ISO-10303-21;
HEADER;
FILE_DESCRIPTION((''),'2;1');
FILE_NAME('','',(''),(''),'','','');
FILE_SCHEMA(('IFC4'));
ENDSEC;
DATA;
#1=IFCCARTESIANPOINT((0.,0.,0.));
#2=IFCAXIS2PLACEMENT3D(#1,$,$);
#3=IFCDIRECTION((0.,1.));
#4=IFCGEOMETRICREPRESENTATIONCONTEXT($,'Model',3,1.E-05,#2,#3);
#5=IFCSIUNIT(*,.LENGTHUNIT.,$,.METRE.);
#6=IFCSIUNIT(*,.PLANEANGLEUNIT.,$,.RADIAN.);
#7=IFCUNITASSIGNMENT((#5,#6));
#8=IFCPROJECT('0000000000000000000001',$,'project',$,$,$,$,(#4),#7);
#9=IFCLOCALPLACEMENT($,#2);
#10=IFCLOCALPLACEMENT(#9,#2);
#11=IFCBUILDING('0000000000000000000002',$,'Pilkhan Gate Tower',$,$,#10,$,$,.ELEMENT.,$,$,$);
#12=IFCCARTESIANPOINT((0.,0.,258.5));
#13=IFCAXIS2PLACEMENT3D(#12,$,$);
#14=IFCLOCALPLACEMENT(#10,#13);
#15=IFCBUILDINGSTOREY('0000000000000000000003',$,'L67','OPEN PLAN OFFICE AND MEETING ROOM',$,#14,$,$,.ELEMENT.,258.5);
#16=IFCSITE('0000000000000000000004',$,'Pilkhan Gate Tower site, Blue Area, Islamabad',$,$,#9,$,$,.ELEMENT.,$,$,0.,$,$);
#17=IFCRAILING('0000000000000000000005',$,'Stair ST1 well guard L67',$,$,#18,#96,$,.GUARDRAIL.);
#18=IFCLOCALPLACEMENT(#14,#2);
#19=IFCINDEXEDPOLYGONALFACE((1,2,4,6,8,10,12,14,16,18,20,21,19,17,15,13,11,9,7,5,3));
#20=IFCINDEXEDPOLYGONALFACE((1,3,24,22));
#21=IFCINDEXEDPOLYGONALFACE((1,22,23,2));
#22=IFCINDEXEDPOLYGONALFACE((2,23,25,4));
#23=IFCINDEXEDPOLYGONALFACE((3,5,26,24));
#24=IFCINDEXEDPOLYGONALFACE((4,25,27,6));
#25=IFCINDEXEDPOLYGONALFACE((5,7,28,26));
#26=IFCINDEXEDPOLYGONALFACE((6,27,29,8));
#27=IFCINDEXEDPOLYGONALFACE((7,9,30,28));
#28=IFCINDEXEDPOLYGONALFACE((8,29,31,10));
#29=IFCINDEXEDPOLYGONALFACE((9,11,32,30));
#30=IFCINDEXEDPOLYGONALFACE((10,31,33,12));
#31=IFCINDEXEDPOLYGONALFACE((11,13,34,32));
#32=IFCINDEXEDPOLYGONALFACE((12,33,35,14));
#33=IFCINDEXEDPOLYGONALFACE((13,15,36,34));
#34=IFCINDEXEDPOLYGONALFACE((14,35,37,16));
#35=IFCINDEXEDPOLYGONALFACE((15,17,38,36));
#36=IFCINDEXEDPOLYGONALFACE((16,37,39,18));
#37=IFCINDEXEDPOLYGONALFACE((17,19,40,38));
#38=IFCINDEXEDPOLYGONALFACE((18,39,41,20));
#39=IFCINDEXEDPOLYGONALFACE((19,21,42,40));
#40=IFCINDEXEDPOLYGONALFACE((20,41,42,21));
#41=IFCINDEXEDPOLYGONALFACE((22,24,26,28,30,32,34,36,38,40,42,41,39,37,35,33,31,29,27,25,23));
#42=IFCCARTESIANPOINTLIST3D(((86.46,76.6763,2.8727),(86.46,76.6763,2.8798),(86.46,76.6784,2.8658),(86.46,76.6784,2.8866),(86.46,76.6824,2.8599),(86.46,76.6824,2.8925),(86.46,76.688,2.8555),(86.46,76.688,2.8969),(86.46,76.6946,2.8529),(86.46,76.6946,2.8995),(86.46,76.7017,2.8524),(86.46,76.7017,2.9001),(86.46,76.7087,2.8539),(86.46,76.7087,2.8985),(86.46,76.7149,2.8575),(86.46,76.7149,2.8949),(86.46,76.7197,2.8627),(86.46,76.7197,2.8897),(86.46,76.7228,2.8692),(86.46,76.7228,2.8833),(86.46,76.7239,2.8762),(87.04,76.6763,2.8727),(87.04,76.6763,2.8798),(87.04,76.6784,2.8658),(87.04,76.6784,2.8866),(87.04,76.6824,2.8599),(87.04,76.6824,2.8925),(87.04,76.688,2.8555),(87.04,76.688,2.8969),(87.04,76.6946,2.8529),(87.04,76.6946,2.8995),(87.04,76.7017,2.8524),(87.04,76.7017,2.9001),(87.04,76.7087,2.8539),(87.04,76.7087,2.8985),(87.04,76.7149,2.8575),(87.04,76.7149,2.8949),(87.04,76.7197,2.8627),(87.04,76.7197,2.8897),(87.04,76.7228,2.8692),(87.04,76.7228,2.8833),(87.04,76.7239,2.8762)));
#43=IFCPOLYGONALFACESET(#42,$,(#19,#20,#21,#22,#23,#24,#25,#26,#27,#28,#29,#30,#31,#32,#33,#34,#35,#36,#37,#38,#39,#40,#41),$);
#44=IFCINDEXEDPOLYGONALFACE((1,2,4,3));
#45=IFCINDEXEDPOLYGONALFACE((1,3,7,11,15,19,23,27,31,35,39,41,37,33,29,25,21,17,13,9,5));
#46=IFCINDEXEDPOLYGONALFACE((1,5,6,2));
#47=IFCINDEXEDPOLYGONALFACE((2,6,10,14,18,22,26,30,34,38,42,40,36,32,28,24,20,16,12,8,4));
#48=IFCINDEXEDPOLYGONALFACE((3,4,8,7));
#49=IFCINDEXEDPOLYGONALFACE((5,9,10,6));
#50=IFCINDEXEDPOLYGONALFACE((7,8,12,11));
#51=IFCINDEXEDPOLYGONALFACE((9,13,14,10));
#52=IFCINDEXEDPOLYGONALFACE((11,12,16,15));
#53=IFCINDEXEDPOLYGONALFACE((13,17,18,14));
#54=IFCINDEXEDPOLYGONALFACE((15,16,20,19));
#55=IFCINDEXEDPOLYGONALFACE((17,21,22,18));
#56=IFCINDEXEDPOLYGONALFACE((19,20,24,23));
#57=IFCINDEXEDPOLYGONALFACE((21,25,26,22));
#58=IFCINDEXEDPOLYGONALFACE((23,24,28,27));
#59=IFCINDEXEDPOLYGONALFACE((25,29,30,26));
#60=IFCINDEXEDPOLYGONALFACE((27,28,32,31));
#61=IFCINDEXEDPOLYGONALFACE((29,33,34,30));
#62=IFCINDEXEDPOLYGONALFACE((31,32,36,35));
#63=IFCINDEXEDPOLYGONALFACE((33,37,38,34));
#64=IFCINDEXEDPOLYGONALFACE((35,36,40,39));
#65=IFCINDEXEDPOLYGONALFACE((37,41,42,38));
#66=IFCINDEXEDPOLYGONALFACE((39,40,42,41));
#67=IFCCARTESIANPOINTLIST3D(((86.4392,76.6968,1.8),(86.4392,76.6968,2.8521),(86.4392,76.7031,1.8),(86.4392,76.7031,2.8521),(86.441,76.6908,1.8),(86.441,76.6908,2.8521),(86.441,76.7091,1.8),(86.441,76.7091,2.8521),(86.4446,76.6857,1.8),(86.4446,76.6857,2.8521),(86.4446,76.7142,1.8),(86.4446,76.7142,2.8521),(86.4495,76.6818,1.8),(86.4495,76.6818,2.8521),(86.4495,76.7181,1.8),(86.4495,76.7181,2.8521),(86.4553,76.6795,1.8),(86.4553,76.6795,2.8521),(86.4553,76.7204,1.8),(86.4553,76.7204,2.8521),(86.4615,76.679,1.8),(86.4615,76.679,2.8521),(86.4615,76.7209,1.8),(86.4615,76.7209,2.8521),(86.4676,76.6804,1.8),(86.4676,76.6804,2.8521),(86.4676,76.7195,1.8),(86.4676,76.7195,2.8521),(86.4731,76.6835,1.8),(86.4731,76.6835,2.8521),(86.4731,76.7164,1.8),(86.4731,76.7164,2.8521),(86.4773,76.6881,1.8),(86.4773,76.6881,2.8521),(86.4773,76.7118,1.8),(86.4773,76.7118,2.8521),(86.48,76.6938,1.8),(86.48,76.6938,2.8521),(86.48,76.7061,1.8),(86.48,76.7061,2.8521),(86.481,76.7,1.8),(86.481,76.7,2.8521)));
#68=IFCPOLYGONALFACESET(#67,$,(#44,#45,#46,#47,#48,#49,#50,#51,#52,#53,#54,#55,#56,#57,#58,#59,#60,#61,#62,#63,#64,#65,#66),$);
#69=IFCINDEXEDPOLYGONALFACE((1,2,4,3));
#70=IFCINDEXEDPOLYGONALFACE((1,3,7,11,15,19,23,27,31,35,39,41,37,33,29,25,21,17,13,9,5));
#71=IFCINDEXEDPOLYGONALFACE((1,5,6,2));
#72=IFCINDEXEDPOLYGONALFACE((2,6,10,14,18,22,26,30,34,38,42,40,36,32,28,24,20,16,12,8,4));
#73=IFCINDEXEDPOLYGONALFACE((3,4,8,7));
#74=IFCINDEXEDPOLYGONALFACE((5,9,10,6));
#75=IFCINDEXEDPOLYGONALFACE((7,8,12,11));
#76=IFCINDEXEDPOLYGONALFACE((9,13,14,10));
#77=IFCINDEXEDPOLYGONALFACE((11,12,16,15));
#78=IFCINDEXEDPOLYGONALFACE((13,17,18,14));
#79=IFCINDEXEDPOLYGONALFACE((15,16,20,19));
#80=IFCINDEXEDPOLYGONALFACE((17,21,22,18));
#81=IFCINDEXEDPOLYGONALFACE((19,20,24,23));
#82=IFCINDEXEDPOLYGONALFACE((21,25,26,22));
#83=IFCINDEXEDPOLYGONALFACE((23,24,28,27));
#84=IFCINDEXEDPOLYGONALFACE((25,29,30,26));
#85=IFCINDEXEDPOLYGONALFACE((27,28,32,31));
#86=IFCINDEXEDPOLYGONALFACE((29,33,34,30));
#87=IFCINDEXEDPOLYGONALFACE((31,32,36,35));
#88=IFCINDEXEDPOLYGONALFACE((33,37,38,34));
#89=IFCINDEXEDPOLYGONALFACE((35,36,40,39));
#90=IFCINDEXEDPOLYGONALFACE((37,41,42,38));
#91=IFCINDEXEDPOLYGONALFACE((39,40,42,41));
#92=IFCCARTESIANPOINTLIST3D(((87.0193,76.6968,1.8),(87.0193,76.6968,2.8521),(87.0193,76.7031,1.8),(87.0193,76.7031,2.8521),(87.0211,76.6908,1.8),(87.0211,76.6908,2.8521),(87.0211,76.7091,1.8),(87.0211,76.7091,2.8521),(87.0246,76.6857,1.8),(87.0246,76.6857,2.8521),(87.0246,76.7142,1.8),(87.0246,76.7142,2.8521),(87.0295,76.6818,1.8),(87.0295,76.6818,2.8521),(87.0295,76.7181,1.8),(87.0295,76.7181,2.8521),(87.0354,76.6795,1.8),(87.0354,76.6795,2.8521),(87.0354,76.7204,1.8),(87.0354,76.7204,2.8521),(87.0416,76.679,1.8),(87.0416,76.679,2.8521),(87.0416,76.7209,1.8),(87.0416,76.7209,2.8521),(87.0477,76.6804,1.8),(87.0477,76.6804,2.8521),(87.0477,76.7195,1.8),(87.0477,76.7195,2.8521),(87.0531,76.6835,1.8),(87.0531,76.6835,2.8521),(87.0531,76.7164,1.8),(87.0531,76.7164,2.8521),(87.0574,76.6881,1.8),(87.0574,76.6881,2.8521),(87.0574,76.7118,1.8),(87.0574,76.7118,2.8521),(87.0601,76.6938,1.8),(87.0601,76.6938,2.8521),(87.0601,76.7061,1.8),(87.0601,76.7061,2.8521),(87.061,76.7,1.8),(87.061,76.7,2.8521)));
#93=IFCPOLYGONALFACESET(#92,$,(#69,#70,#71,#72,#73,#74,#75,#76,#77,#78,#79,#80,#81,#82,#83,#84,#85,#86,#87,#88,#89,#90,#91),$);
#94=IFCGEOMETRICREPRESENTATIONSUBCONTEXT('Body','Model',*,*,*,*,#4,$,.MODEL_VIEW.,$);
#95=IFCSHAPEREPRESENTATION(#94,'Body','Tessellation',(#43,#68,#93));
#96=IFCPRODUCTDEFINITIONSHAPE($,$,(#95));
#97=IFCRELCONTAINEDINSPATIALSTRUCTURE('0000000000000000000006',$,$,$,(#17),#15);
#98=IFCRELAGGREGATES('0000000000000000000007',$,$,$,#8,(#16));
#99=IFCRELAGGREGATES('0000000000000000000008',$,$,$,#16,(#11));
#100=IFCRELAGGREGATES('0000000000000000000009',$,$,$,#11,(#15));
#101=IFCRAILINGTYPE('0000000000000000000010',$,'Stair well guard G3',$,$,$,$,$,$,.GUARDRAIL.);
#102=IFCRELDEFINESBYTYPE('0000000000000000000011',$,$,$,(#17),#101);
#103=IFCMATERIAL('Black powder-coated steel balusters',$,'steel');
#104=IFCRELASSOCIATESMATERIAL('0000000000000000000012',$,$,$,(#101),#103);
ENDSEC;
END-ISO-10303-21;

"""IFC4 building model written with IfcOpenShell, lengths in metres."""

from ifc_helpers import new_model, si_unit, direction, frame, origin, origin_2d, place, context, subcontext, project, spatial, circle, extrude, material, type_object, element, save


model = new_model("IFC4")

# Units and contexts
model_context = context("Model", 3, precision=1e-05, world=origin(), true_north=direction((0.0, 1.0)))
body_context = subcontext(model_context, "Body", "Model", "MODEL_VIEW")
ifc_project = project(units=[si_unit("LENGTHUNIT", "METRE"), si_unit("PLANEANGLEUNIT", "RADIAN")], contexts=[model_context])

# Site, building, storey
site_placement = place(None, origin())
site = spatial("IfcSite", under=ifc_project, at=site_placement, Name="Pilkhan Gate Tower site, Blue Area, Islamabad", CompositionType="ELEMENT", RefElevation=0.0)
building_placement = place(site_placement, origin())
building = spatial("IfcBuilding", under=site, at=building_placement, Name="Pilkhan Gate Tower", CompositionType="ELEMENT")
storey_placement = place(building_placement, frame((0.0, 0.0, 258.5)))
storey = spatial("IfcBuildingStorey", under=building, at=storey_placement, Name="L67", Description="OPEN PLAN OFFICE AND MEETING ROOM", CompositionType="ELEMENT", Elevation=258.5)

# Railing
ifc_material_1 = material(Name="Black powder-coated steel balusters", Category="steel")
railing_type_1 = type_object("IfcRailingType", Name="Stair well guard G3", PredefinedType="GUARDRAIL", material=ifc_material_1)
for number, where, name in (
    (1, (86.46, 76.7, 1.8), "Stair ST1 well guard L67"),
):
    element("IfcRailing", number, at=place(storey_placement, frame(where)), inside=storey, type_object=railing_type_1, Name=name, PredefinedType="GUARDRAIL", context=body_context, shape_type="SweptSolid", body=[
        extrude(circle(Radius=0.0239, at=origin_2d()), frame((0.0, 0.0, 1.0762), z_axis=(1.0, 0.0, 0.0), x_axis=(0.0, 1.0, 0.0)), (0.0, 0.0, 1.0), 0.5801),
        extrude(circle(Radius=0.021, at=origin_2d()), origin(), (0.0, 0.0, 1.0), 1.052),
        extrude(circle(Radius=0.021, at=origin_2d()), frame((0.5801, 0.0, 0.0)), (0.0, 0.0, 1.0), 1.052),
    ])

save(model, "model.ifc")
